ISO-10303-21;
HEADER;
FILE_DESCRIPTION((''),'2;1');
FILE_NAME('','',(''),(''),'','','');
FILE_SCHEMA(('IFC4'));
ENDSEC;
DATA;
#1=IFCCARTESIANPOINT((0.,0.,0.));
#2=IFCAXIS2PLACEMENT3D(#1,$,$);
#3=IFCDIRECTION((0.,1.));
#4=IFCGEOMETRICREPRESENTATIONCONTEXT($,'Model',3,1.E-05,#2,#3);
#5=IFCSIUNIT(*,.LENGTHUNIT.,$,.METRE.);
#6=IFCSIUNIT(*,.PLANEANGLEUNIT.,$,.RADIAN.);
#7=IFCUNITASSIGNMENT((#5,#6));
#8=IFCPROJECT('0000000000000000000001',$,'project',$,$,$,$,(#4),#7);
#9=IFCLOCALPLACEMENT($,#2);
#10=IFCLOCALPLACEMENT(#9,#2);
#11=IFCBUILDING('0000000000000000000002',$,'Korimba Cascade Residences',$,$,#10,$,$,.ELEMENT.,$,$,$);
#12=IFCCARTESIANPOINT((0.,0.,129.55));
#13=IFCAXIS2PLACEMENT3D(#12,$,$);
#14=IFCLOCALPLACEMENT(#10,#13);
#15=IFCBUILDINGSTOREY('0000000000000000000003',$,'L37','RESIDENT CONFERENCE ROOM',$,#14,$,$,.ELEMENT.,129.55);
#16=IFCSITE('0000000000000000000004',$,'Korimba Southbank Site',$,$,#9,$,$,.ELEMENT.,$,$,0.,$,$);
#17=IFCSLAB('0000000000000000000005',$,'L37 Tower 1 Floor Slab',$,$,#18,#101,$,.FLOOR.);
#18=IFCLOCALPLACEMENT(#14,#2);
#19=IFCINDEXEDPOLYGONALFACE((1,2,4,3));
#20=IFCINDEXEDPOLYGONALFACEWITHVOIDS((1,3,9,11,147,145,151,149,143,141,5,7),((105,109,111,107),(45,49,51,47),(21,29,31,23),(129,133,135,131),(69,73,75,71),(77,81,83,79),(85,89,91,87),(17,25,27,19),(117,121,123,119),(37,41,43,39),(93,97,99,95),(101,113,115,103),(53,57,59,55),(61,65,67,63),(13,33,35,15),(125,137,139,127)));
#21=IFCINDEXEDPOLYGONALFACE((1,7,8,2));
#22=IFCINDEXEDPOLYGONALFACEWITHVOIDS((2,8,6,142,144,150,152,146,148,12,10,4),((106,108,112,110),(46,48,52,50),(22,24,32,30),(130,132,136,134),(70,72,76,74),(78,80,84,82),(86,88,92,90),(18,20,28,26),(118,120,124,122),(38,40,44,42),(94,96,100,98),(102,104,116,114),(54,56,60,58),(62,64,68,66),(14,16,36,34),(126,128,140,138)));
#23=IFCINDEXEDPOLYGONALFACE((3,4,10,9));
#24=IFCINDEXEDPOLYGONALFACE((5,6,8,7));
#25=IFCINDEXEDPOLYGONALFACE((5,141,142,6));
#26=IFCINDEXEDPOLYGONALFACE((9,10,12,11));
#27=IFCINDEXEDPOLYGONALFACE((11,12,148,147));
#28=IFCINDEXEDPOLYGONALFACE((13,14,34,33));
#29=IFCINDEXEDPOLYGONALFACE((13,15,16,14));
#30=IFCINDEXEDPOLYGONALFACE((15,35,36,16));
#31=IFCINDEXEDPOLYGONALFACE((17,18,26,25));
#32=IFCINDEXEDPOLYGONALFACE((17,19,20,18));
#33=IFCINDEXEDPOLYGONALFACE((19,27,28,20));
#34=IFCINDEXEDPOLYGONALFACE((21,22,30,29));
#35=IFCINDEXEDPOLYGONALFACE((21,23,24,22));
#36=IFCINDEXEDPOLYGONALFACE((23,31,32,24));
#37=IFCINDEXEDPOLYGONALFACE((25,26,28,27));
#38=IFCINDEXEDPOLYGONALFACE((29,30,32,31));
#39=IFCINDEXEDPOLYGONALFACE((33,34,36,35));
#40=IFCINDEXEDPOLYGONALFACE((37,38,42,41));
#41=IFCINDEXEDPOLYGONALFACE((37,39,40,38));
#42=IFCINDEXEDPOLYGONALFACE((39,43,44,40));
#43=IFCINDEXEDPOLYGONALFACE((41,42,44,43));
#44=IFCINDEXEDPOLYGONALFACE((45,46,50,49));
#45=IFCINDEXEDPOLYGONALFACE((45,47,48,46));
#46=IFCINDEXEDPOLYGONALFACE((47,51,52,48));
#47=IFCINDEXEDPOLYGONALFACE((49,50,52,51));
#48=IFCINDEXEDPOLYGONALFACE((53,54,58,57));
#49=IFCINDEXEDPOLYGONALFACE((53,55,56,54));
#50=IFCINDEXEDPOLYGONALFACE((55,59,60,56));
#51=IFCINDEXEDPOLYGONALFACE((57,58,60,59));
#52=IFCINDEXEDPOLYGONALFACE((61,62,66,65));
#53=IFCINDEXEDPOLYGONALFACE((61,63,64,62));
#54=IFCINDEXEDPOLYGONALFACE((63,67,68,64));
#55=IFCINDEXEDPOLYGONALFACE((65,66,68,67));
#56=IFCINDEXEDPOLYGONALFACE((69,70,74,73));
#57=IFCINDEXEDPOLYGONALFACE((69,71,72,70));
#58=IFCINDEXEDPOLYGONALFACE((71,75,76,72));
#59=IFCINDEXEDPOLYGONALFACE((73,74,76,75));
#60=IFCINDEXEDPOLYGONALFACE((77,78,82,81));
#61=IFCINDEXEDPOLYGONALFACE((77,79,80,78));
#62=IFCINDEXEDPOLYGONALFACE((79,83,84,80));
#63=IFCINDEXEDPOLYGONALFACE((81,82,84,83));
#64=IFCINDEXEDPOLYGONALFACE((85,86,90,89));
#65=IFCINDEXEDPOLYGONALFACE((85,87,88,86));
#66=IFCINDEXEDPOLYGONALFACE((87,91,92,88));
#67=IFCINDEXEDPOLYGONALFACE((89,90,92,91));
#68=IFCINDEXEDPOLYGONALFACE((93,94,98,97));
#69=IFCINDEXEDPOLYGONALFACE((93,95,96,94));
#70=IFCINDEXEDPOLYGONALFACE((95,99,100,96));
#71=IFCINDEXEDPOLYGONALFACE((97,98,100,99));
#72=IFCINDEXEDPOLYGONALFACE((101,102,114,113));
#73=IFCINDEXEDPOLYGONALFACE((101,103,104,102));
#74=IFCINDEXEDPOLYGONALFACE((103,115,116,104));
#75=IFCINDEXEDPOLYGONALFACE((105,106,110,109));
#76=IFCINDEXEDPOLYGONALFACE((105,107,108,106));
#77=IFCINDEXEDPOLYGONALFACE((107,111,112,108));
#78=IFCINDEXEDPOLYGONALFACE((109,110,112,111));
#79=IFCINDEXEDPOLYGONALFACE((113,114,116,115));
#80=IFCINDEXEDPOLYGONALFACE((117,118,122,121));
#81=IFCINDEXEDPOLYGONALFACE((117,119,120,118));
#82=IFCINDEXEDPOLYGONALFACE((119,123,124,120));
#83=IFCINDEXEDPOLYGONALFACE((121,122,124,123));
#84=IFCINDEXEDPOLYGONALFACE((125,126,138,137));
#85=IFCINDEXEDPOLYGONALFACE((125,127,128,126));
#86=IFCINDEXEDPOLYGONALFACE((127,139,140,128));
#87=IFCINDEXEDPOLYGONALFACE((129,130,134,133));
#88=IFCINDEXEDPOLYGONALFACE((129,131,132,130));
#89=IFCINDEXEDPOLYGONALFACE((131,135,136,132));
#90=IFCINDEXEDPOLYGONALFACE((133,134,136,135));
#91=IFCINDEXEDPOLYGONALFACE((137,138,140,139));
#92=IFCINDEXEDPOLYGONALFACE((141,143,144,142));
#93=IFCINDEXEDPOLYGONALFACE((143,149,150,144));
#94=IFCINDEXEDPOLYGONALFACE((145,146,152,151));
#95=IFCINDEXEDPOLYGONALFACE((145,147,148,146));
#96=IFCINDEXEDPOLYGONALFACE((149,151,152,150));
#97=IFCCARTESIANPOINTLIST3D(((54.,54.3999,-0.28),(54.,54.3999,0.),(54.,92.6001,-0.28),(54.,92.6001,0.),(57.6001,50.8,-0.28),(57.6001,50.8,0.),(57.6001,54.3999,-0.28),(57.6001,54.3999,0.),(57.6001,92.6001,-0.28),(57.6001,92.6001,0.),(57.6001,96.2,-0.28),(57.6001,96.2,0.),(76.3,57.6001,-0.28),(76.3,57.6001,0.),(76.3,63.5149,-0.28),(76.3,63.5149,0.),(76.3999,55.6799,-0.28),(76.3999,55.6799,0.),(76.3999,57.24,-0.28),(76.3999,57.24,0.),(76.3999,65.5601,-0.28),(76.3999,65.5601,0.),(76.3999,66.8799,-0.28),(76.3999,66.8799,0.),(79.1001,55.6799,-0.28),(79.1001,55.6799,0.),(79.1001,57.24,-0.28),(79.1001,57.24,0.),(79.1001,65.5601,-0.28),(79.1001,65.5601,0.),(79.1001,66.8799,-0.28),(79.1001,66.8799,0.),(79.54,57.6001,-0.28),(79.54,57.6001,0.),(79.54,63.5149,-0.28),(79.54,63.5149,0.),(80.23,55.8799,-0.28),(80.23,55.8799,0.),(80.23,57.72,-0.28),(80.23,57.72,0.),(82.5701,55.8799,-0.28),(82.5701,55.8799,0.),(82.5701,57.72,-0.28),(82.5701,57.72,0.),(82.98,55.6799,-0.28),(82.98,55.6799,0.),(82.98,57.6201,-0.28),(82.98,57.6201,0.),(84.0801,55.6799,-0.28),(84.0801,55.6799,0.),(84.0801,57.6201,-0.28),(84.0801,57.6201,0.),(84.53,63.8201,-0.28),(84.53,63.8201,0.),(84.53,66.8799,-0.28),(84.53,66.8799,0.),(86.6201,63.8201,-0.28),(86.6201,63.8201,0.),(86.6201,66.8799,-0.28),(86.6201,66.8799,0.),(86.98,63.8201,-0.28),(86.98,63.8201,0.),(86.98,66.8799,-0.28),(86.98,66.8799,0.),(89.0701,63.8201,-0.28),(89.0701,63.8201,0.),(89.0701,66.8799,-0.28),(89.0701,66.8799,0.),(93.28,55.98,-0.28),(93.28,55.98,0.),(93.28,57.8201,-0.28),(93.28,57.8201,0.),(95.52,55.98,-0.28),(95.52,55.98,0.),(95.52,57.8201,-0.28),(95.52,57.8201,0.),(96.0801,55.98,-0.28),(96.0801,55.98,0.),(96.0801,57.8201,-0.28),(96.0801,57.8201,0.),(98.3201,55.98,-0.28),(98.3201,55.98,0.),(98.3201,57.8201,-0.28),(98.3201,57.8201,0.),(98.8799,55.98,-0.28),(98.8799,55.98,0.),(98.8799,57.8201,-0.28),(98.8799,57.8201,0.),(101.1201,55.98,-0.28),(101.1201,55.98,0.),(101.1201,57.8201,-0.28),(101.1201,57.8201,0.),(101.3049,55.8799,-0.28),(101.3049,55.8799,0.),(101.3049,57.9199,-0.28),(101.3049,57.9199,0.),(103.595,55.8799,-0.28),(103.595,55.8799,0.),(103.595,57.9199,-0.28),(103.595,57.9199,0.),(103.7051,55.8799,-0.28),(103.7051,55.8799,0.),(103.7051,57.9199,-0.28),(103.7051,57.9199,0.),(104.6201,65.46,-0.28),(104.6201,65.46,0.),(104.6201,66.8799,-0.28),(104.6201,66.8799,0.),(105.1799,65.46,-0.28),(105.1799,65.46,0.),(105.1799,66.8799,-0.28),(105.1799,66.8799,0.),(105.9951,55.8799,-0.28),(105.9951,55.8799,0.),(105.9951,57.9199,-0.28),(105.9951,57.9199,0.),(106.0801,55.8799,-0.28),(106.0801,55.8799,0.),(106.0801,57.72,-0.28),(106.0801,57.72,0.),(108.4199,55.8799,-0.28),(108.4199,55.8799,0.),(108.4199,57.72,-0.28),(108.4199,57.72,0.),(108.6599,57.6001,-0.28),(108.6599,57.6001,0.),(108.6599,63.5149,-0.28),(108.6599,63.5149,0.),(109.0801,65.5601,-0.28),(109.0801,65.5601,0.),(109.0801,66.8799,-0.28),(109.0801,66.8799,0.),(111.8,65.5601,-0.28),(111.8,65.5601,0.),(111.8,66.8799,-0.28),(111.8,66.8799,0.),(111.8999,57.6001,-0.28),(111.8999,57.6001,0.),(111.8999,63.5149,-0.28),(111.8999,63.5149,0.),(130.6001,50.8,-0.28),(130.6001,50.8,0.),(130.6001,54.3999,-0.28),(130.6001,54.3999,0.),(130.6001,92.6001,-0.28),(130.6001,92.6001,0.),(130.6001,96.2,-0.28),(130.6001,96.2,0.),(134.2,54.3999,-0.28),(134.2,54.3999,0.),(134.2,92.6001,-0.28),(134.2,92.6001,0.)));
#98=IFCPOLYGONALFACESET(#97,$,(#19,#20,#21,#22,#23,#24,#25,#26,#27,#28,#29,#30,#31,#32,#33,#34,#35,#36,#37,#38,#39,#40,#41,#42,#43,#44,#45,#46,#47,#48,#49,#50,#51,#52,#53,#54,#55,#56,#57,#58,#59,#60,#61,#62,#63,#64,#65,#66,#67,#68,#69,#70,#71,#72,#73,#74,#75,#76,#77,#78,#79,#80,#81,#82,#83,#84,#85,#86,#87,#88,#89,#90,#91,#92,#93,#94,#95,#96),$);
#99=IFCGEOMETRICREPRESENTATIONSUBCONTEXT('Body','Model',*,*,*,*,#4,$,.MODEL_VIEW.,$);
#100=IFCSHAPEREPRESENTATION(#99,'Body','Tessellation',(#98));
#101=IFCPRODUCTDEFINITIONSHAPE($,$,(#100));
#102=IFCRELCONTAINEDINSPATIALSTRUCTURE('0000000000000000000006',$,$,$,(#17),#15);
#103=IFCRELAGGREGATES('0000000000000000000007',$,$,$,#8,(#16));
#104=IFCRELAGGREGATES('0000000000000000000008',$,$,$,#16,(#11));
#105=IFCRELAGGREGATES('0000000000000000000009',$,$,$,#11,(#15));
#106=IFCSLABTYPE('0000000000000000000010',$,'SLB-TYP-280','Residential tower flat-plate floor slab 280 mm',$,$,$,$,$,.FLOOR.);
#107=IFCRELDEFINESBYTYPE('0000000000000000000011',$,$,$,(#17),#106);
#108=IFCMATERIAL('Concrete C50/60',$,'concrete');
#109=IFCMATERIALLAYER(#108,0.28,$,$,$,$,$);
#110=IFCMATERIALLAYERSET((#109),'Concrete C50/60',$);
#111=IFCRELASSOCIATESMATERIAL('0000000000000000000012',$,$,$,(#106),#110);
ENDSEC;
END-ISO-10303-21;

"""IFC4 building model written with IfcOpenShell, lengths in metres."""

from ifc_helpers import new_model, si_unit, direction, frame, origin, place, context, subcontext, project, spatial, polyline, outline, extrude, material, layer, layer_set, type_object, element, save


model = new_model("IFC4")

# Units and contexts
model_context = context("Model", 3, precision=1e-05, world=origin(), true_north=direction((0.0, 1.0)))
body_context = subcontext(model_context, "Body", "Model", "MODEL_VIEW")
ifc_project = project(units=[si_unit("LENGTHUNIT", "METRE"), si_unit("PLANEANGLEUNIT", "RADIAN")], contexts=[model_context])

# Site, building, storey
site_placement = place(None, origin())
site = spatial("IfcSite", under=ifc_project, at=site_placement, Name="Korimba Southbank Site", CompositionType="ELEMENT", RefElevation=0.0)
building_placement = place(site_placement, origin())
building = spatial("IfcBuilding", under=site, at=building_placement, Name="Korimba Cascade Residences", CompositionType="ELEMENT")
storey_placement = place(building_placement, frame((0.0, 0.0, 129.55)))
storey = spatial("IfcBuildingStorey", under=building, at=storey_placement, Name="L37", Description="RESIDENT CONFERENCE ROOM", CompositionType="ELEMENT", Elevation=129.55)

# Shared definitions
ifc_material_1 = material(Name="Concrete C50/60", Category="concrete")

# Slab
ifc_layer_1 = layer(ifc_material_1, 0.28)
ifc_layer_set_1 = layer_set([ifc_layer_1], Name="Concrete C50/60")
slab_type_1 = type_object("IfcSlabType", Name="SLB-TYP-280", Description="Residential tower flat-plate floor slab 280 mm", PredefinedType="FLOOR", material=ifc_layer_set_1)
slab_1_placement = place(storey_placement, frame((0.0, 0.0, -0.28)))
element("IfcSlab", 1, at=slab_1_placement, inside=storey, type_object=slab_type_1, Name="L37 Tower 1 Floor Slab", PredefinedType="FLOOR", context=body_context, shape_type="SweptSolid", body=[
    extrude(outline(polyline([(57.6001, 50.8), (130.6001, 50.8), (130.6001, 54.3999), (134.2, 54.3999), (134.2, 92.6001), (130.6001, 92.6001), (130.6001, 96.2), (57.6001, 96.2), (57.6001, 92.6001), (54.0, 92.6001), (54.0, 54.3999), (57.6001, 54.3999), (57.6001, 50.8)]), holes=[polyline([(76.3, 63.5149), (76.3, 57.6001), (79.54, 57.6001), (79.54, 63.5149), (76.3, 63.5149)]), polyline([(108.6599, 63.5149), (108.6599, 57.6001), (111.8999, 57.6001), (111.8999, 63.5149), (108.6599, 63.5149)]), polyline([(80.23, 55.8799), (82.5701, 55.8799), (82.5701, 57.72), (80.23, 57.72), (80.23, 55.8799)]), polyline([(106.0801, 55.8799), (108.4199, 55.8799), (108.4199, 57.72), (106.0801, 57.72), (106.0801, 55.8799)]), polyline([(93.28, 55.98), (95.52, 55.98), (95.52, 57.8201), (93.28, 57.8201), (93.28, 55.98)]), polyline([(96.0801, 55.98), (98.3201, 55.98), (98.3201, 57.8201), (96.0801, 57.8201), (96.0801, 55.98)]), polyline([(98.8799, 55.98), (101.1201, 55.98), (101.1201, 57.8201), (98.8799, 57.8201), (98.8799, 55.98)]), polyline([(101.3049, 55.8799), (103.595, 55.8799), (103.595, 57.9199), (101.3049, 57.9199), (101.3049, 55.8799)]), polyline([(103.7051, 55.8799), (105.9951, 55.8799), (105.9951, 57.9199), (103.7051, 57.9199), (103.7051, 55.8799)]), polyline([(82.98, 55.6799), (84.0801, 55.6799), (84.0801, 57.6201), (82.98, 57.6201), (82.98, 55.6799)]), polyline([(76.3999, 65.5601), (79.1001, 65.5601), (79.1001, 66.8799), (76.3999, 66.8799), (76.3999, 65.5601)]), polyline([(76.3999, 55.6799), (79.1001, 55.6799), (79.1001, 57.24), (76.3999, 57.24), (76.3999, 55.6799)]), polyline([(84.53, 63.8201), (86.6201, 63.8201), (86.6201, 66.8799), (84.53, 66.8799), (84.53, 63.8201)]), polyline([(86.98, 63.8201), (89.0701, 63.8201), (89.0701, 66.8799), (86.98, 66.8799), (86.98, 63.8201)]), polyline([(104.6201, 65.46), (105.1799, 65.46), (105.1799, 66.8799), (104.6201, 66.8799), (104.6201, 65.46)]), polyline([(109.0801, 65.5601), (111.8, 65.5601), (111.8, 66.8799), (109.0801, 66.8799), (109.0801, 65.5601)])]), origin(), (0.0, 0.0, 1.0), 0.28),
])

save(model, "model.ifc")
